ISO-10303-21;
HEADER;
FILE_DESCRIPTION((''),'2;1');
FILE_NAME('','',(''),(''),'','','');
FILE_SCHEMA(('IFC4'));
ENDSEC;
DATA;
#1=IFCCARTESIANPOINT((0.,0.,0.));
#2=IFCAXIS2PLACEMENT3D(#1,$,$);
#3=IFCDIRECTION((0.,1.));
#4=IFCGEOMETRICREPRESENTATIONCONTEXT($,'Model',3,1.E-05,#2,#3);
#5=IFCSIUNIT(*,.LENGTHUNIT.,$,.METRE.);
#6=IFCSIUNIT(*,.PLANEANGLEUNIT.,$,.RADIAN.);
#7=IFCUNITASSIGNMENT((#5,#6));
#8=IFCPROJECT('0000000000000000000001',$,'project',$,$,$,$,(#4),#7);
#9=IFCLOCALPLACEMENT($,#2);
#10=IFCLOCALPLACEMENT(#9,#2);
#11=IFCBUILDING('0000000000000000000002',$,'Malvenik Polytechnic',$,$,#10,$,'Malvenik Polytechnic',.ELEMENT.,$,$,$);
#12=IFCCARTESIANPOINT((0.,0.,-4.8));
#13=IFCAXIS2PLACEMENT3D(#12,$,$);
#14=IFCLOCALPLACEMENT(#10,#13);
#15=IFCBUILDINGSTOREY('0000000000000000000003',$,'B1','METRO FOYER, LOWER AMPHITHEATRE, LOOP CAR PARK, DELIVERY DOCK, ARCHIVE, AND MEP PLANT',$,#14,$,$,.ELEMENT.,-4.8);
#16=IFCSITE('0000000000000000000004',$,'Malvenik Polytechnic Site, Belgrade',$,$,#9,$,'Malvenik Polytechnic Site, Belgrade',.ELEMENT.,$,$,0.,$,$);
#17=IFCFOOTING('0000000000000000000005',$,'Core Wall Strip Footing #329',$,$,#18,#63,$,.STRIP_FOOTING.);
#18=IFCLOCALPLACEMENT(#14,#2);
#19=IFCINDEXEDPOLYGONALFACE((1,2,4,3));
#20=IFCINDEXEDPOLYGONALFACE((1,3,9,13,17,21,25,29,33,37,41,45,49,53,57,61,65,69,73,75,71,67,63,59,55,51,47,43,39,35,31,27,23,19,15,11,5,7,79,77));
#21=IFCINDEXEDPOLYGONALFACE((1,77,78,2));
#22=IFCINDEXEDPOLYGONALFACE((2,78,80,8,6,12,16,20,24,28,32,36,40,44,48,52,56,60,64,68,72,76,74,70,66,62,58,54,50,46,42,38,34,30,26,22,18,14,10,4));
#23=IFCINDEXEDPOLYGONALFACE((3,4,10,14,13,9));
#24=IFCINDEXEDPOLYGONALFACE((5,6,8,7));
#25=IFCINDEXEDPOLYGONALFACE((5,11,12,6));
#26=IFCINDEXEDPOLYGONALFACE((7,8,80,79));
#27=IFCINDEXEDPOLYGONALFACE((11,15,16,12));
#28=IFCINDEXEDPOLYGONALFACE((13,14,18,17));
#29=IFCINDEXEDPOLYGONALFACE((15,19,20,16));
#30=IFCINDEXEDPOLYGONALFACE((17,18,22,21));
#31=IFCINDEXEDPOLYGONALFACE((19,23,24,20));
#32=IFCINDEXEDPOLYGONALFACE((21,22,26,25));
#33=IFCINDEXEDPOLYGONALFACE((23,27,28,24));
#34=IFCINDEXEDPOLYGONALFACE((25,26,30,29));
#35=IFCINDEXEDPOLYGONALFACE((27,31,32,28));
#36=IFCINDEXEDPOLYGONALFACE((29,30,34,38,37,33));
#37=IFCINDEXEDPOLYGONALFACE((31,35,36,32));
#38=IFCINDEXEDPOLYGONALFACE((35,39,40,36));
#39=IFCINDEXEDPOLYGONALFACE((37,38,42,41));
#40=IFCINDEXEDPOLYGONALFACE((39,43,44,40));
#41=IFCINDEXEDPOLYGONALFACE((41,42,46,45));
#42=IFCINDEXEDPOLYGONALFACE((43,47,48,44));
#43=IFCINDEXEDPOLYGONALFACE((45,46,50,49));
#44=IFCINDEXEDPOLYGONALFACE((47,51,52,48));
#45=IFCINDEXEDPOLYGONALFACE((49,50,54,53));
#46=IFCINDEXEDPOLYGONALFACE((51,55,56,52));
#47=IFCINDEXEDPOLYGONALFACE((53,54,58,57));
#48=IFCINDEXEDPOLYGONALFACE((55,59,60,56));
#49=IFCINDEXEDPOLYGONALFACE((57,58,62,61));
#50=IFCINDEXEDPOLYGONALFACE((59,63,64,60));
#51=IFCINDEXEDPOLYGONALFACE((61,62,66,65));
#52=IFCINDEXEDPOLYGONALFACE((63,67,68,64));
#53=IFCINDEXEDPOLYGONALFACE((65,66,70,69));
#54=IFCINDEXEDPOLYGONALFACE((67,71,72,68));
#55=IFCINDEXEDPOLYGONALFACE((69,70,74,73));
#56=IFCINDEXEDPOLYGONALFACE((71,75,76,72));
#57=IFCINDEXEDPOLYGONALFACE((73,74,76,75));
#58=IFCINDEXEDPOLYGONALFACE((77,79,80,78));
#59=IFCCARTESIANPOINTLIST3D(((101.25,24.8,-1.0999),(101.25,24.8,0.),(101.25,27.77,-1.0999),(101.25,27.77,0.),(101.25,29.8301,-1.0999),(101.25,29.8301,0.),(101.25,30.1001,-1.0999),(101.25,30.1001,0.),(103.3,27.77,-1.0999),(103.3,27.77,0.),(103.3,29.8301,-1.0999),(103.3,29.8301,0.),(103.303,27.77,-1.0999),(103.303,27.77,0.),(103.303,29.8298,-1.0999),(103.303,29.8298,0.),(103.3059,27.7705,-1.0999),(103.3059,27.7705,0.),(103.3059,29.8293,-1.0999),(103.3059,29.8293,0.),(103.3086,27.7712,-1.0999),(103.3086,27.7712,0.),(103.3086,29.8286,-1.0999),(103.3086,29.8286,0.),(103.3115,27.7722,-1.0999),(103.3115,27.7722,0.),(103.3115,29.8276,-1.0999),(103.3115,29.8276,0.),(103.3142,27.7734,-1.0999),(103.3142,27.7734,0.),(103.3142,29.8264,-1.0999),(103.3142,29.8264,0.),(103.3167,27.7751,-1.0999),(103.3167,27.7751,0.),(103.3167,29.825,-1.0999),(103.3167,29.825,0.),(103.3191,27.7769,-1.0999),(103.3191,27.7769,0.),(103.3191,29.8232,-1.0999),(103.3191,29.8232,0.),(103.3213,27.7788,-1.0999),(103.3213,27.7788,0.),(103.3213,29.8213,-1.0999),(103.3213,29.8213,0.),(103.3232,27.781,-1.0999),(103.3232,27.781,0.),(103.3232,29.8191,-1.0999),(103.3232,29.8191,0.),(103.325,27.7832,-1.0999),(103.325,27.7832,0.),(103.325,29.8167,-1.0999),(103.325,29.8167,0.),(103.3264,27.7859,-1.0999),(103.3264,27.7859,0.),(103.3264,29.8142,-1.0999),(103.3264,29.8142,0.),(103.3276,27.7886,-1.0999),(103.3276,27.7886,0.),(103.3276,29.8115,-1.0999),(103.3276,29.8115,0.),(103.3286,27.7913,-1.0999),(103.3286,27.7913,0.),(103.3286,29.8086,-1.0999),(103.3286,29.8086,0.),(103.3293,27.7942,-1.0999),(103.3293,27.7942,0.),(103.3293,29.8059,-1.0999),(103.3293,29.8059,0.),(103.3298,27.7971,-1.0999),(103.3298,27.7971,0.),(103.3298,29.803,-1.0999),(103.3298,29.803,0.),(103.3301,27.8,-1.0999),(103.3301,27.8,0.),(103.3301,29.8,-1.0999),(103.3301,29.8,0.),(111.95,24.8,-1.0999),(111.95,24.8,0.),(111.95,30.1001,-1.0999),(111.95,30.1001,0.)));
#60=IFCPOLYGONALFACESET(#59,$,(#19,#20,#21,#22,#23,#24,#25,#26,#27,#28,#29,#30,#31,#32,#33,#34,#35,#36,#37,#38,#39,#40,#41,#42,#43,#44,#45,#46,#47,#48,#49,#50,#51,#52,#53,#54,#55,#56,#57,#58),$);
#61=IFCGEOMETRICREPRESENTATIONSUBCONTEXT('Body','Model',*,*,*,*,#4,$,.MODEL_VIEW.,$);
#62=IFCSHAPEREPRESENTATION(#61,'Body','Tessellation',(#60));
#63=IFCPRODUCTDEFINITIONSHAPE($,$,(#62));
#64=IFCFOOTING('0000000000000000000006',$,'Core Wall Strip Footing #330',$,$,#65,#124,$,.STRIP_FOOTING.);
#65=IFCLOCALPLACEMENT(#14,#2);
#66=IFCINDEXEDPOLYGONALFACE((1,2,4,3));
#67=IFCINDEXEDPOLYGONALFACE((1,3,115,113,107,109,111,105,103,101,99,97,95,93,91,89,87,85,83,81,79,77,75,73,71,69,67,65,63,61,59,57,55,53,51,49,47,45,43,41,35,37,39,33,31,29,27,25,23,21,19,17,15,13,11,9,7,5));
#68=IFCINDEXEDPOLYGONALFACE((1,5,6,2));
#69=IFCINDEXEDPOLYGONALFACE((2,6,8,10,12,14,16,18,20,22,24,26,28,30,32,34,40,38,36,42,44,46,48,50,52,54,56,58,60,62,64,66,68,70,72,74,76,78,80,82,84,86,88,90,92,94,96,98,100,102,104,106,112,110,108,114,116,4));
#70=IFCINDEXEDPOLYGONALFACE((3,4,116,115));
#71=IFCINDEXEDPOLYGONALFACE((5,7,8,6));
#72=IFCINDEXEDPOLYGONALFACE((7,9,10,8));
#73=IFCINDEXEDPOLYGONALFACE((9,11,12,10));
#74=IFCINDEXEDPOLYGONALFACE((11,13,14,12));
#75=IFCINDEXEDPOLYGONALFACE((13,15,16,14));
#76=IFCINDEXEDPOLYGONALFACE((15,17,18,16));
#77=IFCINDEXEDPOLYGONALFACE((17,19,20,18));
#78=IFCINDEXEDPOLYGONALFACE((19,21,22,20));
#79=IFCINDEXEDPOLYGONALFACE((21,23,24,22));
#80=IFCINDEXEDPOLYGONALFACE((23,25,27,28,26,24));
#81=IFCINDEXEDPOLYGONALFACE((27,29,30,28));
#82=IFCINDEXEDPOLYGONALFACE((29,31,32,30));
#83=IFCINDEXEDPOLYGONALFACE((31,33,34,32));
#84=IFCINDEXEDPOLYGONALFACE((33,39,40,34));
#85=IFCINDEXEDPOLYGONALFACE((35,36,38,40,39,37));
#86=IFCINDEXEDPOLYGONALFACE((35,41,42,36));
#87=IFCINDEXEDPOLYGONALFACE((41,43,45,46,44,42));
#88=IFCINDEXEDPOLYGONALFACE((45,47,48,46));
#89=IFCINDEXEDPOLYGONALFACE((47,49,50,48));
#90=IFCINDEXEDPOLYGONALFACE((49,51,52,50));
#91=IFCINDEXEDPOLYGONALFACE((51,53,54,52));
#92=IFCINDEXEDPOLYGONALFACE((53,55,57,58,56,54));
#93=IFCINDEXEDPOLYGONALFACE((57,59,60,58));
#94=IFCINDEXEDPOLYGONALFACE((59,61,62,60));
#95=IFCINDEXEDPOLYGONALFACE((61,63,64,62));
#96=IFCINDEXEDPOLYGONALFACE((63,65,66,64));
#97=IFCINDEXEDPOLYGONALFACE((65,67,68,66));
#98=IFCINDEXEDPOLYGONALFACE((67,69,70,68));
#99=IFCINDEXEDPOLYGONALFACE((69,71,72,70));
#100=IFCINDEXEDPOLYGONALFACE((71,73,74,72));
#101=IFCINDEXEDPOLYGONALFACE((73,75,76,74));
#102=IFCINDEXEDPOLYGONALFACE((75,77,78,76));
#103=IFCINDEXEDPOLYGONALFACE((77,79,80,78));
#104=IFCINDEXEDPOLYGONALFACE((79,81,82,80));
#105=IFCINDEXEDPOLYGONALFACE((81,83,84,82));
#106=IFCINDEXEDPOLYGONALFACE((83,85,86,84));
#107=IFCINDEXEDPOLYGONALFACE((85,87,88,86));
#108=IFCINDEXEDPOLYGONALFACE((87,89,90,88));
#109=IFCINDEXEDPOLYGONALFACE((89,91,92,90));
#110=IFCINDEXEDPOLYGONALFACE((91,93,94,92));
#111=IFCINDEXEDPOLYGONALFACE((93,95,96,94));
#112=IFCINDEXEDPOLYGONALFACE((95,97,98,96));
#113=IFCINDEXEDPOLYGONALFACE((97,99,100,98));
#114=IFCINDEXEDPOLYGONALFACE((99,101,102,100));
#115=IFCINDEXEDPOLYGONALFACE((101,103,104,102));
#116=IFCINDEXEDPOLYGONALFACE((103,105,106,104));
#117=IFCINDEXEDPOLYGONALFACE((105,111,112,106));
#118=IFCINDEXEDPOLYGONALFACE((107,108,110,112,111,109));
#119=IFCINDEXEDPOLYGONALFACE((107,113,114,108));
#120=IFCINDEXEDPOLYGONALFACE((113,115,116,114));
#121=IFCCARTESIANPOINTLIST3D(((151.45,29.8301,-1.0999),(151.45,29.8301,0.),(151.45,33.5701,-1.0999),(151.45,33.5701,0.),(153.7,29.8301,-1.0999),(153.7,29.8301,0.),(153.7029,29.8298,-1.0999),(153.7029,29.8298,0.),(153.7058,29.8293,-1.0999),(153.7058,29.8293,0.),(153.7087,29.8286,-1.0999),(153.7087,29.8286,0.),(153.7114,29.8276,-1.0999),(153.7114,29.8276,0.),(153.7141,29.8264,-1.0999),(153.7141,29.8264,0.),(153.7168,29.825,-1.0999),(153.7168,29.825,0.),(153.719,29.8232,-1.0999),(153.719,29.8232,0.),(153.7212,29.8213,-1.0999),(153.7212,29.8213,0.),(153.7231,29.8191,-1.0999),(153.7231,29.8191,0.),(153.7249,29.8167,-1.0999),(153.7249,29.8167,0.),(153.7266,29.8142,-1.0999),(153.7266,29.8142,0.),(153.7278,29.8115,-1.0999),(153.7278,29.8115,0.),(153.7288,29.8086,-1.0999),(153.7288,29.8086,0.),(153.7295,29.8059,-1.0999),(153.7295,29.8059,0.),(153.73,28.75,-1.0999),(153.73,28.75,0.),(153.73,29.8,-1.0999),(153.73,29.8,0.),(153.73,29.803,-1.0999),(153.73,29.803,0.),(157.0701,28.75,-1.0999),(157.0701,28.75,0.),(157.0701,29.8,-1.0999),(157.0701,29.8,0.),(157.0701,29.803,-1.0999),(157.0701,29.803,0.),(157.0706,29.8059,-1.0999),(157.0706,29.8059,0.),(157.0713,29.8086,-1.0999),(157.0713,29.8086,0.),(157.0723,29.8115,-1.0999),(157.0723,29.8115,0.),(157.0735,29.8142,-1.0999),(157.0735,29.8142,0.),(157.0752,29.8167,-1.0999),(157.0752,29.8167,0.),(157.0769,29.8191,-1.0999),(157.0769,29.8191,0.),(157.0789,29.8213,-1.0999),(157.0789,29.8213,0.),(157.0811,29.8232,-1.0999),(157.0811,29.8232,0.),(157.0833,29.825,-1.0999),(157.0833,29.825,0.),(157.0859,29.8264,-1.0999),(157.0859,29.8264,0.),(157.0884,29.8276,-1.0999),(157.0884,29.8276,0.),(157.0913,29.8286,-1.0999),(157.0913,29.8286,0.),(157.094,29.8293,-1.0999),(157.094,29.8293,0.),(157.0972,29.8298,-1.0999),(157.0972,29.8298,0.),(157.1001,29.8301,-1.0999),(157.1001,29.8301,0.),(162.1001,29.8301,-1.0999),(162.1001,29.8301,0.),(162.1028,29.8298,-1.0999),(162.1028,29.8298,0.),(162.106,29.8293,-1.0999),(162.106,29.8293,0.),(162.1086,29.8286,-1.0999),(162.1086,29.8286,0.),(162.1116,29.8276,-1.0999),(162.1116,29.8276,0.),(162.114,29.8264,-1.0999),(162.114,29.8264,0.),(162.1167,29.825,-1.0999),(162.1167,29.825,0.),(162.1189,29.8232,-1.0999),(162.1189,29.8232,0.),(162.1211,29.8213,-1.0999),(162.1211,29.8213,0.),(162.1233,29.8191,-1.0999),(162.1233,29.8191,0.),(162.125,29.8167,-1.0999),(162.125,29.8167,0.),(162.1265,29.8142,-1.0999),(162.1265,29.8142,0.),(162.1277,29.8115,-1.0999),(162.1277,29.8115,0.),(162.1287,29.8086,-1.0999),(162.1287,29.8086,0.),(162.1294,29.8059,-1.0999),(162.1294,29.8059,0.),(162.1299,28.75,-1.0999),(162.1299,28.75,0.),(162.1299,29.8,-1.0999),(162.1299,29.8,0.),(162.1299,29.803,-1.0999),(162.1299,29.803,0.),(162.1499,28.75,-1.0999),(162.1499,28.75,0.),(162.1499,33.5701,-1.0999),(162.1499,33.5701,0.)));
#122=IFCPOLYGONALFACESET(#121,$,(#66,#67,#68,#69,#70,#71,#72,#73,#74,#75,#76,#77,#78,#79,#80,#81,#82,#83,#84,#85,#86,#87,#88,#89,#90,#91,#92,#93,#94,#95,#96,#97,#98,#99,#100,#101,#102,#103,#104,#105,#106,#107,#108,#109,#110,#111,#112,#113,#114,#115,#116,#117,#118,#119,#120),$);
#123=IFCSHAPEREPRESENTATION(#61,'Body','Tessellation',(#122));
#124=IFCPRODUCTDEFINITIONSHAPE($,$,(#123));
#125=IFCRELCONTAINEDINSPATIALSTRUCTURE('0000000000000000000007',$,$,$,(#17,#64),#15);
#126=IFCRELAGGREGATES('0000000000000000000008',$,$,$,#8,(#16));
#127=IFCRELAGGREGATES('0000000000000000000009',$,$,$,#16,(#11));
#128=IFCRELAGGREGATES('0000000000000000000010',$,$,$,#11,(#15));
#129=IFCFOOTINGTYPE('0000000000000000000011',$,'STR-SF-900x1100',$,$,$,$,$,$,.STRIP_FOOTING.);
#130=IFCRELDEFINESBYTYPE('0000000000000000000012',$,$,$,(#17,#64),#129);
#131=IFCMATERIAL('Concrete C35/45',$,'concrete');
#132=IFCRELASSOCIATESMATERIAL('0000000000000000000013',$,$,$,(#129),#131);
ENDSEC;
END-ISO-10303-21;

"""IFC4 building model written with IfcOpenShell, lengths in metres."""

from ifc_helpers import new_model, si_unit, direction, frame, origin, place, context, subcontext, project, spatial, polyline, outline, extrude, material, type_object, element, save


model = new_model("IFC4")

# Units and contexts
model_context = context("Model", 3, precision=1e-05, world=origin(), true_north=direction((0.0, 1.0)))
body_context = subcontext(model_context, "Body", "Model", "MODEL_VIEW")
ifc_project = project(units=[si_unit("LENGTHUNIT", "METRE"), si_unit("PLANEANGLEUNIT", "RADIAN")], contexts=[model_context])

# Site, building, storey
site_placement = place(None, origin())
site = spatial("IfcSite", under=ifc_project, at=site_placement, Name="Malvenik Polytechnic Site, Belgrade", LongName="Malvenik Polytechnic Site, Belgrade", CompositionType="ELEMENT", RefElevation=0.0)
building_placement = place(site_placement, origin())
building = spatial("IfcBuilding", under=site, at=building_placement, Name="Malvenik Polytechnic", LongName="Malvenik Polytechnic", CompositionType="ELEMENT")
storey_placement = place(building_placement, frame((0.0, 0.0, -4.8)))
storey = spatial("IfcBuildingStorey", under=building, at=storey_placement, Name="B1", Description="METRO FOYER, LOWER AMPHITHEATRE, LOOP CAR PARK, DELIVERY DOCK, ARCHIVE, AND MEP PLANT", CompositionType="ELEMENT", Elevation=-4.8)

# Footings
ifc_material = material(Name="Concrete C35/45", Category="concrete")
footing_type_1 = type_object("IfcFootingType", Name="STR-SF-900x1100", PredefinedType="STRIP_FOOTING", material=ifc_material)
footing_1_placement = place(storey_placement, frame((0.0, 0.0, -1.0999)))
element("IfcFooting", 1, at=footing_1_placement, inside=storey, type_object=footing_type_1, Name="Core Wall Strip Footing #329", PredefinedType="STRIP_FOOTING", context=body_context, shape_type="SweptSolid", body=[
    extrude(outline(polyline([(101.25, 30.1001), (111.95, 30.1001), (111.95, 24.8), (101.25, 24.8), (101.25, 27.77), (103.3, 27.77), (103.303, 27.77), (103.3059, 27.7705), (103.3086, 27.7712), (103.3115, 27.7722), (103.3142, 27.7734), (103.3167, 27.7751), (103.3191, 27.7769), (103.3213, 27.7788), (103.3232, 27.781), (103.325, 27.7832), (103.3264, 27.7859), (103.3276, 27.7886), (103.3286, 27.7913), (103.3293, 27.7942), (103.3298, 27.7971), (103.3301, 27.8), (103.3301, 29.8), (103.3298, 29.803), (103.3293, 29.8059), (103.3286, 29.8086), (103.3276, 29.8115), (103.3264, 29.8142), (103.325, 29.8167), (103.3232, 29.8191), (103.3213, 29.8213), (103.3191, 29.8232), (103.3167, 29.825), (103.3142, 29.8264), (103.3115, 29.8276), (103.3086, 29.8286), (103.3059, 29.8293), (103.303, 29.8298), (103.3, 29.8301), (101.25, 29.8301), (101.25, 30.1001)])), origin(), (0.0, 0.0, 1.0), 1.0999),
])
footing_2_placement = place(storey_placement, frame((0.0, 0.0, -1.0999)))
element("IfcFooting", 2, at=footing_2_placement, inside=storey, type_object=footing_type_1, Name="Core Wall Strip Footing #330", PredefinedType="STRIP_FOOTING", context=body_context, shape_type="SweptSolid", body=[
    extrude(outline(polyline([(162.1499, 28.75), (162.1299, 28.75), (162.1299, 29.8), (162.1299, 29.803), (162.1294, 29.8059), (162.1287, 29.8086), (162.1277, 29.8115), (162.1265, 29.8142), (162.125, 29.8167), (162.1233, 29.8191), (162.1211, 29.8213), (162.1189, 29.8232), (162.1167, 29.825), (162.114, 29.8264), (162.1116, 29.8276), (162.1086, 29.8286), (162.106, 29.8293), (162.1028, 29.8298), (162.1001, 29.8301), (157.1001, 29.8301), (157.0972, 29.8298), (157.094, 29.8293), (157.0913, 29.8286), (157.0884, 29.8276), (157.0859, 29.8264), (157.0833, 29.825), (157.0811, 29.8232), (157.0789, 29.8213), (157.0769, 29.8191), (157.0752, 29.8167), (157.0735, 29.8142), (157.0723, 29.8115), (157.0713, 29.8086), (157.0706, 29.8059), (157.0701, 29.803), (157.0701, 29.8), (157.0701, 28.75), (153.73, 28.75), (153.73, 29.8), (153.73, 29.803), (153.7295, 29.8059), (153.7288, 29.8086), (153.7278, 29.8115), (153.7266, 29.8142), (153.7249, 29.8167), (153.7231, 29.8191), (153.7212, 29.8213), (153.719, 29.8232), (153.7168, 29.825), (153.7141, 29.8264), (153.7114, 29.8276), (153.7087, 29.8286), (153.7058, 29.8293), (153.7029, 29.8298), (153.7, 29.8301), (151.45, 29.8301), (151.45, 33.5701), (162.1499, 33.5701), (162.1499, 28.75)])), origin(), (0.0, 0.0, 1.0), 1.0999),
])

save(model, "model.ifc")
